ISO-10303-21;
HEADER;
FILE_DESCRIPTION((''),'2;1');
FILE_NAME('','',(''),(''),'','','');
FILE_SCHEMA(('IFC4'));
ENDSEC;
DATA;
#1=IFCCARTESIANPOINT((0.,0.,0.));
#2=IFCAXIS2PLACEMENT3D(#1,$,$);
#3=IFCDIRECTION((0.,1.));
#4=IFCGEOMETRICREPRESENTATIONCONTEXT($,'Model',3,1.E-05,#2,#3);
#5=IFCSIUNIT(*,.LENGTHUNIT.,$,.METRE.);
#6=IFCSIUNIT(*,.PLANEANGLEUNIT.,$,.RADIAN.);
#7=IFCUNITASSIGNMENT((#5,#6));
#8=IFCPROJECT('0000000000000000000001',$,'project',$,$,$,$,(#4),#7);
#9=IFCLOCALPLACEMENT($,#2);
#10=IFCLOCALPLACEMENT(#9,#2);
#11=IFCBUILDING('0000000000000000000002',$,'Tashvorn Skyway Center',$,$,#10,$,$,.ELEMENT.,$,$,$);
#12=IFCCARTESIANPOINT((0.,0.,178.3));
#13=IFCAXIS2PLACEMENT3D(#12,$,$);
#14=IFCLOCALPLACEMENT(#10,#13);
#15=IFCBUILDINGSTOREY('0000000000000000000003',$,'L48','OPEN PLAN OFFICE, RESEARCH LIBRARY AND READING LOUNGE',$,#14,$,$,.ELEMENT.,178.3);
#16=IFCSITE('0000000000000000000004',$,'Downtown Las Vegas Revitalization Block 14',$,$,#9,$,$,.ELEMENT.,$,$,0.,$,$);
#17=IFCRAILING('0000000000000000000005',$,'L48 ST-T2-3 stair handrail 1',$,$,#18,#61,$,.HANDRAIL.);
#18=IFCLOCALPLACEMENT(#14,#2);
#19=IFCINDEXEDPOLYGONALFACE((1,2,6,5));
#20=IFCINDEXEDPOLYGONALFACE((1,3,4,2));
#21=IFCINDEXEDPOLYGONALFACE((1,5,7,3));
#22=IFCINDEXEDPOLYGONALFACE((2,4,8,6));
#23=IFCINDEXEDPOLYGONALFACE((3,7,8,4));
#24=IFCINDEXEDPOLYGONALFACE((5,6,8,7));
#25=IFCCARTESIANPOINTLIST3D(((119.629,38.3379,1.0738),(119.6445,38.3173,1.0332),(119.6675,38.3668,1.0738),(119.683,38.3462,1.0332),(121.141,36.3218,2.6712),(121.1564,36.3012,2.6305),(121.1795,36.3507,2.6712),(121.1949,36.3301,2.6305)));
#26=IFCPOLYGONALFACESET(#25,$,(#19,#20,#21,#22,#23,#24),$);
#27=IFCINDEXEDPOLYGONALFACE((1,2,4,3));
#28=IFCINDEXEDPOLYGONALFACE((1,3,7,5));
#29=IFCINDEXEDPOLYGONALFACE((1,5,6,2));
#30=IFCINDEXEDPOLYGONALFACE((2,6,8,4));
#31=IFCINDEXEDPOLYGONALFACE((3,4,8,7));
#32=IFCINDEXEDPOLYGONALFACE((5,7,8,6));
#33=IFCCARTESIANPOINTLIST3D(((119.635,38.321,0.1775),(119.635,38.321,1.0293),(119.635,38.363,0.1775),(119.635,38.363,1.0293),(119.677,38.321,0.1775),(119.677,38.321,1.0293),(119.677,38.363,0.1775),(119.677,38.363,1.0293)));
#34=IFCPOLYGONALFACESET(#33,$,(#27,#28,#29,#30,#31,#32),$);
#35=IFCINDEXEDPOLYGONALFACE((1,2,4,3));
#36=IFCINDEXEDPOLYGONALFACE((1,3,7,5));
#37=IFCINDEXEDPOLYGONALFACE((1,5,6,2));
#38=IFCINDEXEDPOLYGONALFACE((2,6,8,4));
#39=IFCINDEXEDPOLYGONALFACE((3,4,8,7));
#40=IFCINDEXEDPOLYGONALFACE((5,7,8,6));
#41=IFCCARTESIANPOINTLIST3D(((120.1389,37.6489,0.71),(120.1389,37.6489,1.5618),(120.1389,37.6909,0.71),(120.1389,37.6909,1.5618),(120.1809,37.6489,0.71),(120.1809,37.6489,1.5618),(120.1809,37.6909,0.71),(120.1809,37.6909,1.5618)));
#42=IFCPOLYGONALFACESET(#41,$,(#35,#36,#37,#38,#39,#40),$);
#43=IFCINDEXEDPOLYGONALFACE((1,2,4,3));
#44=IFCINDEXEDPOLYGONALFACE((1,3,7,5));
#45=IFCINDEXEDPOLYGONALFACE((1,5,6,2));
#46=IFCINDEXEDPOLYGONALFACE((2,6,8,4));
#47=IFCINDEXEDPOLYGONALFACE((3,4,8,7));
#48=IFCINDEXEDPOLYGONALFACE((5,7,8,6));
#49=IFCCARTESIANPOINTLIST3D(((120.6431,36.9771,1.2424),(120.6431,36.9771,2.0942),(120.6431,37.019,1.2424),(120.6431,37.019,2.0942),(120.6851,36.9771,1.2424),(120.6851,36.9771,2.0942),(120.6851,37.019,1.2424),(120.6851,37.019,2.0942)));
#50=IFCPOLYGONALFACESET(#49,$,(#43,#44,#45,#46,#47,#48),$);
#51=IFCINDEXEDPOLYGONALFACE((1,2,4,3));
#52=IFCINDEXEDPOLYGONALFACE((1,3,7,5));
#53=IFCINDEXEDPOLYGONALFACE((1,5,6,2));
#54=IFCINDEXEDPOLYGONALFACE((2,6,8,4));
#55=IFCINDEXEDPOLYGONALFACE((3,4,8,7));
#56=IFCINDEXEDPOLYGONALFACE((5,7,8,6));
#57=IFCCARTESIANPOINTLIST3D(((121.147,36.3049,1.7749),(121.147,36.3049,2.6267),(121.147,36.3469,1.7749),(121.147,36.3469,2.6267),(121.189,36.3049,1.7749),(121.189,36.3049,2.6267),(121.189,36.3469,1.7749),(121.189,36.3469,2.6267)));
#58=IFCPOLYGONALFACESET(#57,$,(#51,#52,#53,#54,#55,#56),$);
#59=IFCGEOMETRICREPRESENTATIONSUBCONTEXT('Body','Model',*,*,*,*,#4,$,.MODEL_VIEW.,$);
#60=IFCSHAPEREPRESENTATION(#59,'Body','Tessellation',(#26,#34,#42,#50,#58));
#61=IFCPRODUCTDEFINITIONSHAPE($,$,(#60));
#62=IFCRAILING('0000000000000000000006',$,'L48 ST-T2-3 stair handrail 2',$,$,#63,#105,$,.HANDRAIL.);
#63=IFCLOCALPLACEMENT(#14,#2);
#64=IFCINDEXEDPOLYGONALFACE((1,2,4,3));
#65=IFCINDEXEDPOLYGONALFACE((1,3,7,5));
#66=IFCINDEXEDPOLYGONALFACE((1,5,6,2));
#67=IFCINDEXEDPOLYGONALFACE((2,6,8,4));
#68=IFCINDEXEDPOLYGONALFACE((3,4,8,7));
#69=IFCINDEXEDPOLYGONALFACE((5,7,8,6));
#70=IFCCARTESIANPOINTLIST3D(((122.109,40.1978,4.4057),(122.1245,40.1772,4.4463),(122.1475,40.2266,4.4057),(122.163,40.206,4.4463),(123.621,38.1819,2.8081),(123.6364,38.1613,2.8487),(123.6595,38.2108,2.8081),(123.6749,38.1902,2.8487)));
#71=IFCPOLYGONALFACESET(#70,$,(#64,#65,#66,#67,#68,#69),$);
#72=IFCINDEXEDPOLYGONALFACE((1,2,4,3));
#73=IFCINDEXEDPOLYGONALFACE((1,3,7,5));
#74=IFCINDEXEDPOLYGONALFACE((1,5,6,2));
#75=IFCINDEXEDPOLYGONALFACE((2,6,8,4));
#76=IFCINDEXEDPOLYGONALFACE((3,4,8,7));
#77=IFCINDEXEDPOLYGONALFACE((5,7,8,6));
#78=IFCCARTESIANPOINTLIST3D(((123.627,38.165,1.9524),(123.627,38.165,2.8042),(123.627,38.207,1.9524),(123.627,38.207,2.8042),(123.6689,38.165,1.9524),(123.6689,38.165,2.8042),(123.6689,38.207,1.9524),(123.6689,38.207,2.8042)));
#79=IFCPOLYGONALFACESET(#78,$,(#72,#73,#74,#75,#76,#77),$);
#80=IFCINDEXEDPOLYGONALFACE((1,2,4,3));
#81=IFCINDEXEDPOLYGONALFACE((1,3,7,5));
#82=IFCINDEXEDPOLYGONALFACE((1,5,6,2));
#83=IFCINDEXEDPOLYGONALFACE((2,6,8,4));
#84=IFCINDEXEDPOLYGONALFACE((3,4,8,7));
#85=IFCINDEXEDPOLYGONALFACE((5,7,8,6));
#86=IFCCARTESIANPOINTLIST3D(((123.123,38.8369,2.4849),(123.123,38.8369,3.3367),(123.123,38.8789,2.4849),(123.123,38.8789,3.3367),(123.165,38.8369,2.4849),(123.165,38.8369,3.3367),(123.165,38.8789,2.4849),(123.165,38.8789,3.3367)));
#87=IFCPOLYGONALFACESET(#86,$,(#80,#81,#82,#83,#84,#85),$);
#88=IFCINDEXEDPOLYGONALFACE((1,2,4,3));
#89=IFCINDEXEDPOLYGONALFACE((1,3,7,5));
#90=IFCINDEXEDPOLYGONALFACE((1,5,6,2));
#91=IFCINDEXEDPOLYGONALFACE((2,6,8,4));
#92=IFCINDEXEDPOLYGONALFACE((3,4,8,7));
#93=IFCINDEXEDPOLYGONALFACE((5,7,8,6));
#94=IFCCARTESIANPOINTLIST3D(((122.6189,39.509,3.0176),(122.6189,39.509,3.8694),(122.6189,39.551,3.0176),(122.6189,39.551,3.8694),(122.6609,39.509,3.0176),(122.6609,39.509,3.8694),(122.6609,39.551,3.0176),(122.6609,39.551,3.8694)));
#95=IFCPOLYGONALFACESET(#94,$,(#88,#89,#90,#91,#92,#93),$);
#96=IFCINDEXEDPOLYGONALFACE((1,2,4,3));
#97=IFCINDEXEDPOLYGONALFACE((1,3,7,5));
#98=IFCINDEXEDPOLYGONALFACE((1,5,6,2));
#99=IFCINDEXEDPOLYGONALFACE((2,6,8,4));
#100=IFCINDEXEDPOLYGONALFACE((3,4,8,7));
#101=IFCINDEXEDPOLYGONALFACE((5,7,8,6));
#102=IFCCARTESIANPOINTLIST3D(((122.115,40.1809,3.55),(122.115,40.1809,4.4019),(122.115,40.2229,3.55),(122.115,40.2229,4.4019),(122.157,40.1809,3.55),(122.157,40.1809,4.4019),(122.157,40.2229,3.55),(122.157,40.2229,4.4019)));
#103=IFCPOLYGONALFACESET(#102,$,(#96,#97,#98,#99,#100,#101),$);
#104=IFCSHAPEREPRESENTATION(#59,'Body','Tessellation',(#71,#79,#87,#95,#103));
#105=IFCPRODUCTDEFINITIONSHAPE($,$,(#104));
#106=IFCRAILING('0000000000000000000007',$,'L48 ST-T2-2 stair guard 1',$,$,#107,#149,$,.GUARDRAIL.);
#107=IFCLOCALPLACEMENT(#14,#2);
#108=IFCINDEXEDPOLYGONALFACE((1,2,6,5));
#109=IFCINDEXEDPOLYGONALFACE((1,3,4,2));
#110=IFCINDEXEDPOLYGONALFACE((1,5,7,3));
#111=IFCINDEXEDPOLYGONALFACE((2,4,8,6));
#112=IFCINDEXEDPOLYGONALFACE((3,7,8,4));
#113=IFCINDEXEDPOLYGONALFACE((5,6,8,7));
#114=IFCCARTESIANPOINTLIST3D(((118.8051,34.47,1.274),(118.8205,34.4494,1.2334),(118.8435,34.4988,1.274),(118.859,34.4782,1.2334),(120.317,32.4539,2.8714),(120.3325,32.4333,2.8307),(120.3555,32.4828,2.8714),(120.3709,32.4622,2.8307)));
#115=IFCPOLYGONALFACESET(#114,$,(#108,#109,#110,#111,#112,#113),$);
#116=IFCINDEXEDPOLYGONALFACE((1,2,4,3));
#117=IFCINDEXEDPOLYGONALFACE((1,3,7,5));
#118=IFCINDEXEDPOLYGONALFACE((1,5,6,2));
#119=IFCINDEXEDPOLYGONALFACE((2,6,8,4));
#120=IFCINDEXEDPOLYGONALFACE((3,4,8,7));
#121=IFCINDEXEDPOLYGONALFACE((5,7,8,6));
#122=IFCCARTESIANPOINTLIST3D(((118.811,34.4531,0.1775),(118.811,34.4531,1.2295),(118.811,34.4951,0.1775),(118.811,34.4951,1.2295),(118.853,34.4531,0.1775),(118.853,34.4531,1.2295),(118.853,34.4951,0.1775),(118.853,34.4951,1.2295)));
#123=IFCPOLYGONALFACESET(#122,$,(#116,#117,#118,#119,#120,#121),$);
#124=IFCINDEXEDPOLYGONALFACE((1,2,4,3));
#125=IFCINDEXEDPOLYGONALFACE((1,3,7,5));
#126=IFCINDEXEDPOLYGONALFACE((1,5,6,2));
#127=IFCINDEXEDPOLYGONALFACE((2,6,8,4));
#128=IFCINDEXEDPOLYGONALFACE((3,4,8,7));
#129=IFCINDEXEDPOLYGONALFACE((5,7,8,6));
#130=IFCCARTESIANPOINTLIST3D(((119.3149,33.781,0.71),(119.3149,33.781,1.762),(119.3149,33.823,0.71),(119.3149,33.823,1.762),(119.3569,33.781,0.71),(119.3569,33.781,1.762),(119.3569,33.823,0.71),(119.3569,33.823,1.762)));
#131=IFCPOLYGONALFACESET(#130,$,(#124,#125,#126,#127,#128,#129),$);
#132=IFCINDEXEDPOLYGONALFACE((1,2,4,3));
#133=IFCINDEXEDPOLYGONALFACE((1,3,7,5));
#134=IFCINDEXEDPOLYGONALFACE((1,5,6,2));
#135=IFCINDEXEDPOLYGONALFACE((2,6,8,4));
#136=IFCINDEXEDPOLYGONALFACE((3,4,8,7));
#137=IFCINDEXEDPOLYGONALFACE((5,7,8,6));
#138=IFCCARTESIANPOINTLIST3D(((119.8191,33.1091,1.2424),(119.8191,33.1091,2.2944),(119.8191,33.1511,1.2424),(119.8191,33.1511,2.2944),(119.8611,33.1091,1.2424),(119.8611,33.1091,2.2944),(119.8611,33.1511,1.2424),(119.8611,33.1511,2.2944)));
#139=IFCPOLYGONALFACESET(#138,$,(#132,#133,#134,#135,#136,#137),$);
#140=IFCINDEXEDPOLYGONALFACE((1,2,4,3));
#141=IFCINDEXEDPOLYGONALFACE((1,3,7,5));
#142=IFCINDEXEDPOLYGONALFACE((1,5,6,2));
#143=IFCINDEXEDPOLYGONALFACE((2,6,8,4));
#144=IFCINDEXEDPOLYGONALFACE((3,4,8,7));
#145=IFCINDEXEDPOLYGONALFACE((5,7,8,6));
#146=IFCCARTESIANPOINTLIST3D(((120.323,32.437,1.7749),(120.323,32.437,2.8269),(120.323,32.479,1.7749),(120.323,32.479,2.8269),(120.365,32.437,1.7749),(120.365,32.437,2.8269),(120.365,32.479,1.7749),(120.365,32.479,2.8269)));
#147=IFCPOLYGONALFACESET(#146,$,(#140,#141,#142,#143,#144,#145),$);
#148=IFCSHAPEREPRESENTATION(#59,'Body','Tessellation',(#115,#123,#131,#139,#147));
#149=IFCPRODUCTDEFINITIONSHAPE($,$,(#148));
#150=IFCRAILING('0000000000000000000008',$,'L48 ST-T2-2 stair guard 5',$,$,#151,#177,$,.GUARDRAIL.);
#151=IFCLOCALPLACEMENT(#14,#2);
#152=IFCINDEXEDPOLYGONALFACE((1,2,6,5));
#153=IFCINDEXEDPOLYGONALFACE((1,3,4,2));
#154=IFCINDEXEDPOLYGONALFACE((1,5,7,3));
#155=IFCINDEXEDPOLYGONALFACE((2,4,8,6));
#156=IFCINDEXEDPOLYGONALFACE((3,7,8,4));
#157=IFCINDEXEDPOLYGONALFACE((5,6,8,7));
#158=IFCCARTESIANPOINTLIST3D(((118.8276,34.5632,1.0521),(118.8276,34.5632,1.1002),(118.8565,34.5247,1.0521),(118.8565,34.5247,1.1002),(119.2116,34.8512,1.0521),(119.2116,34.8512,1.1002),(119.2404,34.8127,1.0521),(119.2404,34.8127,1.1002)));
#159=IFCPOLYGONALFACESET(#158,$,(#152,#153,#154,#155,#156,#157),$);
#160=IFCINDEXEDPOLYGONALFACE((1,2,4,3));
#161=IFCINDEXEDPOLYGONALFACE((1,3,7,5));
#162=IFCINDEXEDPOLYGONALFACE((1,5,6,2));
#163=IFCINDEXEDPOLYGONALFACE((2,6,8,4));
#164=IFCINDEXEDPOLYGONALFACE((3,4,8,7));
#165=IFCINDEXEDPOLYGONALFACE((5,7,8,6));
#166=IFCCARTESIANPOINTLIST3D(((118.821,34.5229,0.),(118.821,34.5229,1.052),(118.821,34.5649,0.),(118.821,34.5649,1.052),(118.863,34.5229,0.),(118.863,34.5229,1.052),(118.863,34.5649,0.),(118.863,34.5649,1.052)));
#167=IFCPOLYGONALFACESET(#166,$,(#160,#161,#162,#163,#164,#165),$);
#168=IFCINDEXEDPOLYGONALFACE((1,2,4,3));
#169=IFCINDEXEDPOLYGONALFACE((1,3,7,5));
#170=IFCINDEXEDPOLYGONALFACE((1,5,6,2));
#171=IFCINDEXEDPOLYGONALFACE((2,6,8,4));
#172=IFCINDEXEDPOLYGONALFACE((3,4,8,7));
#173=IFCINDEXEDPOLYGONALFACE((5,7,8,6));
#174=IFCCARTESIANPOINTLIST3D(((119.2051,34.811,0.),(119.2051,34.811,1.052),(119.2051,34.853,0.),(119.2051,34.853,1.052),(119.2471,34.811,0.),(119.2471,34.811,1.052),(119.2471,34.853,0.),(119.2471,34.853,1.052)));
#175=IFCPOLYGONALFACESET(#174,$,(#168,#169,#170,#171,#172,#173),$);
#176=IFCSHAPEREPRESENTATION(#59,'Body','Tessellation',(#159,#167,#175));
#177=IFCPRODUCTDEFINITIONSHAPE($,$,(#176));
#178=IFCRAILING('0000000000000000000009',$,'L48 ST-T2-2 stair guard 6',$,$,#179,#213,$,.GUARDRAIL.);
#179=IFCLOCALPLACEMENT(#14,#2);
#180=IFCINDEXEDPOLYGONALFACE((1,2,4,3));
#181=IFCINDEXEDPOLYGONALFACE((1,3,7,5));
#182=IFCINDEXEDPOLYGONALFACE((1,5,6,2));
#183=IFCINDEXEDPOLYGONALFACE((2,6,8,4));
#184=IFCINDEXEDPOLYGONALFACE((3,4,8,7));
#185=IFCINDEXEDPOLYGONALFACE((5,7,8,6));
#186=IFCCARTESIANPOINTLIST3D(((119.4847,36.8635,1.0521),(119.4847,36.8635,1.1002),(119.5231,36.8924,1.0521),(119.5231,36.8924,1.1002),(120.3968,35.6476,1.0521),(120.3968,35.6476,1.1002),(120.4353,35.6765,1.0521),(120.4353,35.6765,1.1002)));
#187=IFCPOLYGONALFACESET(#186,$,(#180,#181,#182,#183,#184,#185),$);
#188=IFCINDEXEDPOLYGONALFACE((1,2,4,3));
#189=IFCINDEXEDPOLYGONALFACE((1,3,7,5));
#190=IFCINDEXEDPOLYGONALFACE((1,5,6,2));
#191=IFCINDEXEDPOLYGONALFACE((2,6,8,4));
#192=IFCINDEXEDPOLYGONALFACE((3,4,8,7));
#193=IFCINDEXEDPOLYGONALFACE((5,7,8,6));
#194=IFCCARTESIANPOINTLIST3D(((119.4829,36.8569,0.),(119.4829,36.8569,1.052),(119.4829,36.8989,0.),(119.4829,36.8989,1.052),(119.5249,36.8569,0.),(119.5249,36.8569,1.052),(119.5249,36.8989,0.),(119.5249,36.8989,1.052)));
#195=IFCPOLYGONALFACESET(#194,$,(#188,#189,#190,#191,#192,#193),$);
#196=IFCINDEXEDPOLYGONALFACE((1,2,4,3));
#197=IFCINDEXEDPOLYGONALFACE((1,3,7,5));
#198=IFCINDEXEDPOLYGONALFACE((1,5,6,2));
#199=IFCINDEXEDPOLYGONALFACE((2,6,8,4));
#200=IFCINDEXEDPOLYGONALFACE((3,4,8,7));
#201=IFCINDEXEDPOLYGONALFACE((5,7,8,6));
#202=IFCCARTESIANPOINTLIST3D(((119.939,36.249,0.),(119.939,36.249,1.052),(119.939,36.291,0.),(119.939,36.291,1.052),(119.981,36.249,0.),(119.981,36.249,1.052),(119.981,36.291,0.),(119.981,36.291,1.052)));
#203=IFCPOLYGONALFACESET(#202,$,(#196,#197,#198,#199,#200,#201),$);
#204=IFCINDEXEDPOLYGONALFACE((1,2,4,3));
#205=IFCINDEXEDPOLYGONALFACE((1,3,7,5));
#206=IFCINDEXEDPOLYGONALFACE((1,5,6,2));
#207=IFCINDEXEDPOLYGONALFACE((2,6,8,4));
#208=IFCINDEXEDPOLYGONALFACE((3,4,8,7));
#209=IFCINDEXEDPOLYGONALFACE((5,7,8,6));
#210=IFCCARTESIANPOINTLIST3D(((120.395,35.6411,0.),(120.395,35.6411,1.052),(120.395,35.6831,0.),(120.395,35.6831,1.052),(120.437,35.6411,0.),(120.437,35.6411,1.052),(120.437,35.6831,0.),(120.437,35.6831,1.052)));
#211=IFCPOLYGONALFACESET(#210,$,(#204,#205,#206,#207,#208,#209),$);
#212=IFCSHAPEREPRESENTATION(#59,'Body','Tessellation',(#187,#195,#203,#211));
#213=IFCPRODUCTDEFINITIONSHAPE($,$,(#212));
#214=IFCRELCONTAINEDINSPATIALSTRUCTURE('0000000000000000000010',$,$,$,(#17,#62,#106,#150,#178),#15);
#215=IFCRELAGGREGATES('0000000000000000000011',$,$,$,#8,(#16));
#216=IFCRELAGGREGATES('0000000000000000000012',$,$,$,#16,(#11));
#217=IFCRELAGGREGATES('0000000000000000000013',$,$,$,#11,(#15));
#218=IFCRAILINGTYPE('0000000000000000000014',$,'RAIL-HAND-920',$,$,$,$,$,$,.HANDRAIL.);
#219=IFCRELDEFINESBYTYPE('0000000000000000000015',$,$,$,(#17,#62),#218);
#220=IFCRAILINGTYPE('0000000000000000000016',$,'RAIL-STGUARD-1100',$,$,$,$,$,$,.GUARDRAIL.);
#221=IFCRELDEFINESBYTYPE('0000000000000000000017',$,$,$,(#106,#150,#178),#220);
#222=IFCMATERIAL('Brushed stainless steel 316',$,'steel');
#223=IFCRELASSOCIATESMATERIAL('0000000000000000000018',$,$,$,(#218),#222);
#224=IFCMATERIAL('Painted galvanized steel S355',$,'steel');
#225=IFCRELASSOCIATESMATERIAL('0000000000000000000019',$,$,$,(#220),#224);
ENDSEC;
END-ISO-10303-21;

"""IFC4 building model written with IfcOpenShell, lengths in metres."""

from ifc_helpers import new_model, si_unit, direction, frame, origin, origin_2d, place, context, subcontext, project, spatial, rectangle, extrude, material, type_object, element, save


model = new_model("IFC4")

# Units and contexts
model_context = context("Model", 3, precision=1e-05, world=origin(), true_north=direction((0.0, 1.0)))
body_context = subcontext(model_context, "Body", "Model", "MODEL_VIEW")
ifc_project = project(units=[si_unit("LENGTHUNIT", "METRE"), si_unit("PLANEANGLEUNIT", "RADIAN")], contexts=[model_context])

# Site, building, storey
site_placement = place(None, origin())
site = spatial("IfcSite", under=ifc_project, at=site_placement, Name="Downtown Las Vegas Revitalization Block 14", CompositionType="ELEMENT", RefElevation=0.0)
building_placement = place(site_placement, origin())
building = spatial("IfcBuilding", under=site, at=building_placement, Name="Tashvorn Skyway Center", CompositionType="ELEMENT")
storey_placement = place(building_placement, frame((0.0, 0.0, 178.3)))
storey = spatial("IfcBuildingStorey", under=building, at=storey_placement, Name="L48", Description="OPEN PLAN OFFICE, RESEARCH LIBRARY AND READING LOUNGE", CompositionType="ELEMENT", Elevation=178.3)

# Railings
ifc_material_1 = material(Name="Brushed stainless steel 316", Category="steel")
railing_type_1 = type_object("IfcRailingType", Name="RAIL-HAND-920", PredefinedType="HANDRAIL", material=ifc_material_1)
railing_1_placement = place(storey_placement, frame((119.656, 38.342, 0.1775)))
element("IfcRailing", 1, at=railing_1_placement, inside=storey, type_object=railing_type_1, Name="L48 ST-T2-3 stair handrail 1", PredefinedType="HANDRAIL", context=body_context, shape_type="SweptSolid", body=[
    extrude(rectangle(XDim=0.0481, YDim=0.0481, at=origin_2d()), frame((0.0, 0.0, 0.876), z_axis=(0.506741, -0.675709, 0.535379), x_axis=(0.800023, 0.599969, 0.0)), (0.0, 0.0, 1.0), 2.9836),
    extrude(rectangle(XDim=0.042, YDim=0.042, at=origin_2d()), origin(), (0.0, 0.0, 1.0), 0.8518),
    extrude(rectangle(XDim=0.042, YDim=0.042, at=origin_2d()), frame((0.5039, -0.6721, 0.5325)), (0.0, 0.0, 1.0), 0.8518),
    extrude(rectangle(XDim=0.042, YDim=0.042, at=origin_2d()), frame((1.0081, -1.344, 1.0649)), (0.0, 0.0, 1.0), 0.8518),
    extrude(rectangle(XDim=0.042, YDim=0.042, at=origin_2d()), frame((1.512, -2.0161, 1.5974)), (0.0, 0.0, 1.0), 0.8518),
])
railing_2_placement = place(storey_placement, frame((123.6479, 38.186, 1.9524)))
element("IfcRailing", 2, at=railing_2_placement, inside=storey, type_object=railing_type_1, Name="L48 ST-T2-3 stair handrail 2", PredefinedType="HANDRAIL", context=body_context, shape_type="SweptSolid", body=[
    extrude(rectangle(XDim=0.0481, YDim=0.0481, at=origin_2d()), frame((0.0, 0.0, 0.876), z_axis=(-0.506747, 0.675635, 0.535467), x_axis=(-0.799988, -0.600016, 0.0)), (0.0, 0.0, 1.0), 2.9836),
    extrude(rectangle(XDim=0.042, YDim=0.042, at=origin_2d()), origin(), (0.0, 0.0, 1.0), 0.8518),
    extrude(rectangle(XDim=0.042, YDim=0.042, at=origin_2d()), frame((-0.5039, 0.6719, 0.5325)), (0.0, 0.0, 1.0), 0.8518),
    extrude(rectangle(XDim=0.042, YDim=0.042, at=origin_2d()), frame((-1.0081, 1.344, 1.0652)), (0.0, 0.0, 1.0), 0.8518),
    extrude(rectangle(XDim=0.042, YDim=0.042, at=origin_2d()), frame((-1.512, 2.0159, 1.5977)), (0.0, 0.0, 1.0), 0.8518),
])
ifc_material_2 = material(Name="Painted galvanized steel S355", Category="steel")
railing_type_2 = type_object("IfcRailingType", Name="RAIL-STGUARD-1100", PredefinedType="GUARDRAIL", material=ifc_material_2)
railing_3_placement = place(storey_placement, frame((118.832, 34.4741, 0.1775)))
element("IfcRailing", 3, at=railing_3_placement, inside=storey, type_object=railing_type_2, Name="L48 ST-T2-2 stair guard 1", PredefinedType="GUARDRAIL", context=body_context, shape_type="SweptSolid", body=[
    extrude(rectangle(XDim=0.0481, YDim=0.0481, at=origin_2d()), frame((0.0, 0.0, 1.0762), z_axis=(0.506741, -0.675709, 0.535379), x_axis=(0.800023, 0.599969, 0.0)), (0.0, 0.0, 1.0), 2.9836),
    extrude(rectangle(XDim=0.042, YDim=0.042, at=origin_2d()), origin(), (0.0, 0.0, 1.0), 1.052),
    extrude(rectangle(XDim=0.042, YDim=0.042, at=origin_2d()), frame((0.5039, -0.6721, 0.5325)), (0.0, 0.0, 1.0), 1.052),
    extrude(rectangle(XDim=0.042, YDim=0.042, at=origin_2d()), frame((1.0081, -1.344, 1.0649)), (0.0, 0.0, 1.0), 1.052),
    extrude(rectangle(XDim=0.042, YDim=0.042, at=origin_2d()), frame((1.512, -2.0161, 1.5974)), (0.0, 0.0, 1.0), 1.052),
])
railing_4_placement = place(storey_placement, frame((118.842, 34.5439, 0.0)))
element("IfcRailing", 4, at=railing_4_placement, inside=storey, type_object=railing_type_2, Name="L48 ST-T2-2 stair guard 5", PredefinedType="GUARDRAIL", context=body_context, shape_type="SweptSolid", body=[
    extrude(rectangle(XDim=0.0481, YDim=0.0481, at=origin_2d()), frame((0.0, 0.0, 1.0762), z_axis=(0.799939, 0.600081, 0.0), x_axis=(-0.600081, 0.799939, 0.0)), (0.0, 0.0, 1.0), 0.48),
    extrude(rectangle(XDim=0.042, YDim=0.042, at=origin_2d()), origin(), (0.0, 0.0, 1.0), 1.052),
    extrude(rectangle(XDim=0.042, YDim=0.042, at=origin_2d()), frame((0.384, 0.2881, 0.0)), (0.0, 0.0, 1.0), 1.052),
])
railing_5_placement = place(storey_placement, frame((119.5039, 36.8779, 0.0)))
element("IfcRailing", 5, at=railing_5_placement, inside=storey, type_object=railing_type_2, Name="L48 ST-T2-2 stair guard 6", PredefinedType="GUARDRAIL", context=body_context, shape_type="SweptSolid", body=[
    extrude(rectangle(XDim=0.0481, YDim=0.0481, at=origin_2d()), frame((0.0, 0.0, 1.0762), z_axis=(0.600103, -0.799923, 0.0), x_axis=(0.799923, 0.600103, 0.0)), (0.0, 0.0, 1.0), 1.52),
    extrude(rectangle(XDim=0.042, YDim=0.042, at=origin_2d()), origin(), (0.0, 0.0, 1.0), 1.052),
    extrude(rectangle(XDim=0.042, YDim=0.042, at=origin_2d()), frame((0.4561, -0.6079, 0.0)), (0.0, 0.0, 1.0), 1.052),
    extrude(rectangle(XDim=0.042, YDim=0.042, at=origin_2d()), frame((0.9121, -1.2158, 0.0)), (0.0, 0.0, 1.0), 1.052),
])

save(model, "model.ifc")
